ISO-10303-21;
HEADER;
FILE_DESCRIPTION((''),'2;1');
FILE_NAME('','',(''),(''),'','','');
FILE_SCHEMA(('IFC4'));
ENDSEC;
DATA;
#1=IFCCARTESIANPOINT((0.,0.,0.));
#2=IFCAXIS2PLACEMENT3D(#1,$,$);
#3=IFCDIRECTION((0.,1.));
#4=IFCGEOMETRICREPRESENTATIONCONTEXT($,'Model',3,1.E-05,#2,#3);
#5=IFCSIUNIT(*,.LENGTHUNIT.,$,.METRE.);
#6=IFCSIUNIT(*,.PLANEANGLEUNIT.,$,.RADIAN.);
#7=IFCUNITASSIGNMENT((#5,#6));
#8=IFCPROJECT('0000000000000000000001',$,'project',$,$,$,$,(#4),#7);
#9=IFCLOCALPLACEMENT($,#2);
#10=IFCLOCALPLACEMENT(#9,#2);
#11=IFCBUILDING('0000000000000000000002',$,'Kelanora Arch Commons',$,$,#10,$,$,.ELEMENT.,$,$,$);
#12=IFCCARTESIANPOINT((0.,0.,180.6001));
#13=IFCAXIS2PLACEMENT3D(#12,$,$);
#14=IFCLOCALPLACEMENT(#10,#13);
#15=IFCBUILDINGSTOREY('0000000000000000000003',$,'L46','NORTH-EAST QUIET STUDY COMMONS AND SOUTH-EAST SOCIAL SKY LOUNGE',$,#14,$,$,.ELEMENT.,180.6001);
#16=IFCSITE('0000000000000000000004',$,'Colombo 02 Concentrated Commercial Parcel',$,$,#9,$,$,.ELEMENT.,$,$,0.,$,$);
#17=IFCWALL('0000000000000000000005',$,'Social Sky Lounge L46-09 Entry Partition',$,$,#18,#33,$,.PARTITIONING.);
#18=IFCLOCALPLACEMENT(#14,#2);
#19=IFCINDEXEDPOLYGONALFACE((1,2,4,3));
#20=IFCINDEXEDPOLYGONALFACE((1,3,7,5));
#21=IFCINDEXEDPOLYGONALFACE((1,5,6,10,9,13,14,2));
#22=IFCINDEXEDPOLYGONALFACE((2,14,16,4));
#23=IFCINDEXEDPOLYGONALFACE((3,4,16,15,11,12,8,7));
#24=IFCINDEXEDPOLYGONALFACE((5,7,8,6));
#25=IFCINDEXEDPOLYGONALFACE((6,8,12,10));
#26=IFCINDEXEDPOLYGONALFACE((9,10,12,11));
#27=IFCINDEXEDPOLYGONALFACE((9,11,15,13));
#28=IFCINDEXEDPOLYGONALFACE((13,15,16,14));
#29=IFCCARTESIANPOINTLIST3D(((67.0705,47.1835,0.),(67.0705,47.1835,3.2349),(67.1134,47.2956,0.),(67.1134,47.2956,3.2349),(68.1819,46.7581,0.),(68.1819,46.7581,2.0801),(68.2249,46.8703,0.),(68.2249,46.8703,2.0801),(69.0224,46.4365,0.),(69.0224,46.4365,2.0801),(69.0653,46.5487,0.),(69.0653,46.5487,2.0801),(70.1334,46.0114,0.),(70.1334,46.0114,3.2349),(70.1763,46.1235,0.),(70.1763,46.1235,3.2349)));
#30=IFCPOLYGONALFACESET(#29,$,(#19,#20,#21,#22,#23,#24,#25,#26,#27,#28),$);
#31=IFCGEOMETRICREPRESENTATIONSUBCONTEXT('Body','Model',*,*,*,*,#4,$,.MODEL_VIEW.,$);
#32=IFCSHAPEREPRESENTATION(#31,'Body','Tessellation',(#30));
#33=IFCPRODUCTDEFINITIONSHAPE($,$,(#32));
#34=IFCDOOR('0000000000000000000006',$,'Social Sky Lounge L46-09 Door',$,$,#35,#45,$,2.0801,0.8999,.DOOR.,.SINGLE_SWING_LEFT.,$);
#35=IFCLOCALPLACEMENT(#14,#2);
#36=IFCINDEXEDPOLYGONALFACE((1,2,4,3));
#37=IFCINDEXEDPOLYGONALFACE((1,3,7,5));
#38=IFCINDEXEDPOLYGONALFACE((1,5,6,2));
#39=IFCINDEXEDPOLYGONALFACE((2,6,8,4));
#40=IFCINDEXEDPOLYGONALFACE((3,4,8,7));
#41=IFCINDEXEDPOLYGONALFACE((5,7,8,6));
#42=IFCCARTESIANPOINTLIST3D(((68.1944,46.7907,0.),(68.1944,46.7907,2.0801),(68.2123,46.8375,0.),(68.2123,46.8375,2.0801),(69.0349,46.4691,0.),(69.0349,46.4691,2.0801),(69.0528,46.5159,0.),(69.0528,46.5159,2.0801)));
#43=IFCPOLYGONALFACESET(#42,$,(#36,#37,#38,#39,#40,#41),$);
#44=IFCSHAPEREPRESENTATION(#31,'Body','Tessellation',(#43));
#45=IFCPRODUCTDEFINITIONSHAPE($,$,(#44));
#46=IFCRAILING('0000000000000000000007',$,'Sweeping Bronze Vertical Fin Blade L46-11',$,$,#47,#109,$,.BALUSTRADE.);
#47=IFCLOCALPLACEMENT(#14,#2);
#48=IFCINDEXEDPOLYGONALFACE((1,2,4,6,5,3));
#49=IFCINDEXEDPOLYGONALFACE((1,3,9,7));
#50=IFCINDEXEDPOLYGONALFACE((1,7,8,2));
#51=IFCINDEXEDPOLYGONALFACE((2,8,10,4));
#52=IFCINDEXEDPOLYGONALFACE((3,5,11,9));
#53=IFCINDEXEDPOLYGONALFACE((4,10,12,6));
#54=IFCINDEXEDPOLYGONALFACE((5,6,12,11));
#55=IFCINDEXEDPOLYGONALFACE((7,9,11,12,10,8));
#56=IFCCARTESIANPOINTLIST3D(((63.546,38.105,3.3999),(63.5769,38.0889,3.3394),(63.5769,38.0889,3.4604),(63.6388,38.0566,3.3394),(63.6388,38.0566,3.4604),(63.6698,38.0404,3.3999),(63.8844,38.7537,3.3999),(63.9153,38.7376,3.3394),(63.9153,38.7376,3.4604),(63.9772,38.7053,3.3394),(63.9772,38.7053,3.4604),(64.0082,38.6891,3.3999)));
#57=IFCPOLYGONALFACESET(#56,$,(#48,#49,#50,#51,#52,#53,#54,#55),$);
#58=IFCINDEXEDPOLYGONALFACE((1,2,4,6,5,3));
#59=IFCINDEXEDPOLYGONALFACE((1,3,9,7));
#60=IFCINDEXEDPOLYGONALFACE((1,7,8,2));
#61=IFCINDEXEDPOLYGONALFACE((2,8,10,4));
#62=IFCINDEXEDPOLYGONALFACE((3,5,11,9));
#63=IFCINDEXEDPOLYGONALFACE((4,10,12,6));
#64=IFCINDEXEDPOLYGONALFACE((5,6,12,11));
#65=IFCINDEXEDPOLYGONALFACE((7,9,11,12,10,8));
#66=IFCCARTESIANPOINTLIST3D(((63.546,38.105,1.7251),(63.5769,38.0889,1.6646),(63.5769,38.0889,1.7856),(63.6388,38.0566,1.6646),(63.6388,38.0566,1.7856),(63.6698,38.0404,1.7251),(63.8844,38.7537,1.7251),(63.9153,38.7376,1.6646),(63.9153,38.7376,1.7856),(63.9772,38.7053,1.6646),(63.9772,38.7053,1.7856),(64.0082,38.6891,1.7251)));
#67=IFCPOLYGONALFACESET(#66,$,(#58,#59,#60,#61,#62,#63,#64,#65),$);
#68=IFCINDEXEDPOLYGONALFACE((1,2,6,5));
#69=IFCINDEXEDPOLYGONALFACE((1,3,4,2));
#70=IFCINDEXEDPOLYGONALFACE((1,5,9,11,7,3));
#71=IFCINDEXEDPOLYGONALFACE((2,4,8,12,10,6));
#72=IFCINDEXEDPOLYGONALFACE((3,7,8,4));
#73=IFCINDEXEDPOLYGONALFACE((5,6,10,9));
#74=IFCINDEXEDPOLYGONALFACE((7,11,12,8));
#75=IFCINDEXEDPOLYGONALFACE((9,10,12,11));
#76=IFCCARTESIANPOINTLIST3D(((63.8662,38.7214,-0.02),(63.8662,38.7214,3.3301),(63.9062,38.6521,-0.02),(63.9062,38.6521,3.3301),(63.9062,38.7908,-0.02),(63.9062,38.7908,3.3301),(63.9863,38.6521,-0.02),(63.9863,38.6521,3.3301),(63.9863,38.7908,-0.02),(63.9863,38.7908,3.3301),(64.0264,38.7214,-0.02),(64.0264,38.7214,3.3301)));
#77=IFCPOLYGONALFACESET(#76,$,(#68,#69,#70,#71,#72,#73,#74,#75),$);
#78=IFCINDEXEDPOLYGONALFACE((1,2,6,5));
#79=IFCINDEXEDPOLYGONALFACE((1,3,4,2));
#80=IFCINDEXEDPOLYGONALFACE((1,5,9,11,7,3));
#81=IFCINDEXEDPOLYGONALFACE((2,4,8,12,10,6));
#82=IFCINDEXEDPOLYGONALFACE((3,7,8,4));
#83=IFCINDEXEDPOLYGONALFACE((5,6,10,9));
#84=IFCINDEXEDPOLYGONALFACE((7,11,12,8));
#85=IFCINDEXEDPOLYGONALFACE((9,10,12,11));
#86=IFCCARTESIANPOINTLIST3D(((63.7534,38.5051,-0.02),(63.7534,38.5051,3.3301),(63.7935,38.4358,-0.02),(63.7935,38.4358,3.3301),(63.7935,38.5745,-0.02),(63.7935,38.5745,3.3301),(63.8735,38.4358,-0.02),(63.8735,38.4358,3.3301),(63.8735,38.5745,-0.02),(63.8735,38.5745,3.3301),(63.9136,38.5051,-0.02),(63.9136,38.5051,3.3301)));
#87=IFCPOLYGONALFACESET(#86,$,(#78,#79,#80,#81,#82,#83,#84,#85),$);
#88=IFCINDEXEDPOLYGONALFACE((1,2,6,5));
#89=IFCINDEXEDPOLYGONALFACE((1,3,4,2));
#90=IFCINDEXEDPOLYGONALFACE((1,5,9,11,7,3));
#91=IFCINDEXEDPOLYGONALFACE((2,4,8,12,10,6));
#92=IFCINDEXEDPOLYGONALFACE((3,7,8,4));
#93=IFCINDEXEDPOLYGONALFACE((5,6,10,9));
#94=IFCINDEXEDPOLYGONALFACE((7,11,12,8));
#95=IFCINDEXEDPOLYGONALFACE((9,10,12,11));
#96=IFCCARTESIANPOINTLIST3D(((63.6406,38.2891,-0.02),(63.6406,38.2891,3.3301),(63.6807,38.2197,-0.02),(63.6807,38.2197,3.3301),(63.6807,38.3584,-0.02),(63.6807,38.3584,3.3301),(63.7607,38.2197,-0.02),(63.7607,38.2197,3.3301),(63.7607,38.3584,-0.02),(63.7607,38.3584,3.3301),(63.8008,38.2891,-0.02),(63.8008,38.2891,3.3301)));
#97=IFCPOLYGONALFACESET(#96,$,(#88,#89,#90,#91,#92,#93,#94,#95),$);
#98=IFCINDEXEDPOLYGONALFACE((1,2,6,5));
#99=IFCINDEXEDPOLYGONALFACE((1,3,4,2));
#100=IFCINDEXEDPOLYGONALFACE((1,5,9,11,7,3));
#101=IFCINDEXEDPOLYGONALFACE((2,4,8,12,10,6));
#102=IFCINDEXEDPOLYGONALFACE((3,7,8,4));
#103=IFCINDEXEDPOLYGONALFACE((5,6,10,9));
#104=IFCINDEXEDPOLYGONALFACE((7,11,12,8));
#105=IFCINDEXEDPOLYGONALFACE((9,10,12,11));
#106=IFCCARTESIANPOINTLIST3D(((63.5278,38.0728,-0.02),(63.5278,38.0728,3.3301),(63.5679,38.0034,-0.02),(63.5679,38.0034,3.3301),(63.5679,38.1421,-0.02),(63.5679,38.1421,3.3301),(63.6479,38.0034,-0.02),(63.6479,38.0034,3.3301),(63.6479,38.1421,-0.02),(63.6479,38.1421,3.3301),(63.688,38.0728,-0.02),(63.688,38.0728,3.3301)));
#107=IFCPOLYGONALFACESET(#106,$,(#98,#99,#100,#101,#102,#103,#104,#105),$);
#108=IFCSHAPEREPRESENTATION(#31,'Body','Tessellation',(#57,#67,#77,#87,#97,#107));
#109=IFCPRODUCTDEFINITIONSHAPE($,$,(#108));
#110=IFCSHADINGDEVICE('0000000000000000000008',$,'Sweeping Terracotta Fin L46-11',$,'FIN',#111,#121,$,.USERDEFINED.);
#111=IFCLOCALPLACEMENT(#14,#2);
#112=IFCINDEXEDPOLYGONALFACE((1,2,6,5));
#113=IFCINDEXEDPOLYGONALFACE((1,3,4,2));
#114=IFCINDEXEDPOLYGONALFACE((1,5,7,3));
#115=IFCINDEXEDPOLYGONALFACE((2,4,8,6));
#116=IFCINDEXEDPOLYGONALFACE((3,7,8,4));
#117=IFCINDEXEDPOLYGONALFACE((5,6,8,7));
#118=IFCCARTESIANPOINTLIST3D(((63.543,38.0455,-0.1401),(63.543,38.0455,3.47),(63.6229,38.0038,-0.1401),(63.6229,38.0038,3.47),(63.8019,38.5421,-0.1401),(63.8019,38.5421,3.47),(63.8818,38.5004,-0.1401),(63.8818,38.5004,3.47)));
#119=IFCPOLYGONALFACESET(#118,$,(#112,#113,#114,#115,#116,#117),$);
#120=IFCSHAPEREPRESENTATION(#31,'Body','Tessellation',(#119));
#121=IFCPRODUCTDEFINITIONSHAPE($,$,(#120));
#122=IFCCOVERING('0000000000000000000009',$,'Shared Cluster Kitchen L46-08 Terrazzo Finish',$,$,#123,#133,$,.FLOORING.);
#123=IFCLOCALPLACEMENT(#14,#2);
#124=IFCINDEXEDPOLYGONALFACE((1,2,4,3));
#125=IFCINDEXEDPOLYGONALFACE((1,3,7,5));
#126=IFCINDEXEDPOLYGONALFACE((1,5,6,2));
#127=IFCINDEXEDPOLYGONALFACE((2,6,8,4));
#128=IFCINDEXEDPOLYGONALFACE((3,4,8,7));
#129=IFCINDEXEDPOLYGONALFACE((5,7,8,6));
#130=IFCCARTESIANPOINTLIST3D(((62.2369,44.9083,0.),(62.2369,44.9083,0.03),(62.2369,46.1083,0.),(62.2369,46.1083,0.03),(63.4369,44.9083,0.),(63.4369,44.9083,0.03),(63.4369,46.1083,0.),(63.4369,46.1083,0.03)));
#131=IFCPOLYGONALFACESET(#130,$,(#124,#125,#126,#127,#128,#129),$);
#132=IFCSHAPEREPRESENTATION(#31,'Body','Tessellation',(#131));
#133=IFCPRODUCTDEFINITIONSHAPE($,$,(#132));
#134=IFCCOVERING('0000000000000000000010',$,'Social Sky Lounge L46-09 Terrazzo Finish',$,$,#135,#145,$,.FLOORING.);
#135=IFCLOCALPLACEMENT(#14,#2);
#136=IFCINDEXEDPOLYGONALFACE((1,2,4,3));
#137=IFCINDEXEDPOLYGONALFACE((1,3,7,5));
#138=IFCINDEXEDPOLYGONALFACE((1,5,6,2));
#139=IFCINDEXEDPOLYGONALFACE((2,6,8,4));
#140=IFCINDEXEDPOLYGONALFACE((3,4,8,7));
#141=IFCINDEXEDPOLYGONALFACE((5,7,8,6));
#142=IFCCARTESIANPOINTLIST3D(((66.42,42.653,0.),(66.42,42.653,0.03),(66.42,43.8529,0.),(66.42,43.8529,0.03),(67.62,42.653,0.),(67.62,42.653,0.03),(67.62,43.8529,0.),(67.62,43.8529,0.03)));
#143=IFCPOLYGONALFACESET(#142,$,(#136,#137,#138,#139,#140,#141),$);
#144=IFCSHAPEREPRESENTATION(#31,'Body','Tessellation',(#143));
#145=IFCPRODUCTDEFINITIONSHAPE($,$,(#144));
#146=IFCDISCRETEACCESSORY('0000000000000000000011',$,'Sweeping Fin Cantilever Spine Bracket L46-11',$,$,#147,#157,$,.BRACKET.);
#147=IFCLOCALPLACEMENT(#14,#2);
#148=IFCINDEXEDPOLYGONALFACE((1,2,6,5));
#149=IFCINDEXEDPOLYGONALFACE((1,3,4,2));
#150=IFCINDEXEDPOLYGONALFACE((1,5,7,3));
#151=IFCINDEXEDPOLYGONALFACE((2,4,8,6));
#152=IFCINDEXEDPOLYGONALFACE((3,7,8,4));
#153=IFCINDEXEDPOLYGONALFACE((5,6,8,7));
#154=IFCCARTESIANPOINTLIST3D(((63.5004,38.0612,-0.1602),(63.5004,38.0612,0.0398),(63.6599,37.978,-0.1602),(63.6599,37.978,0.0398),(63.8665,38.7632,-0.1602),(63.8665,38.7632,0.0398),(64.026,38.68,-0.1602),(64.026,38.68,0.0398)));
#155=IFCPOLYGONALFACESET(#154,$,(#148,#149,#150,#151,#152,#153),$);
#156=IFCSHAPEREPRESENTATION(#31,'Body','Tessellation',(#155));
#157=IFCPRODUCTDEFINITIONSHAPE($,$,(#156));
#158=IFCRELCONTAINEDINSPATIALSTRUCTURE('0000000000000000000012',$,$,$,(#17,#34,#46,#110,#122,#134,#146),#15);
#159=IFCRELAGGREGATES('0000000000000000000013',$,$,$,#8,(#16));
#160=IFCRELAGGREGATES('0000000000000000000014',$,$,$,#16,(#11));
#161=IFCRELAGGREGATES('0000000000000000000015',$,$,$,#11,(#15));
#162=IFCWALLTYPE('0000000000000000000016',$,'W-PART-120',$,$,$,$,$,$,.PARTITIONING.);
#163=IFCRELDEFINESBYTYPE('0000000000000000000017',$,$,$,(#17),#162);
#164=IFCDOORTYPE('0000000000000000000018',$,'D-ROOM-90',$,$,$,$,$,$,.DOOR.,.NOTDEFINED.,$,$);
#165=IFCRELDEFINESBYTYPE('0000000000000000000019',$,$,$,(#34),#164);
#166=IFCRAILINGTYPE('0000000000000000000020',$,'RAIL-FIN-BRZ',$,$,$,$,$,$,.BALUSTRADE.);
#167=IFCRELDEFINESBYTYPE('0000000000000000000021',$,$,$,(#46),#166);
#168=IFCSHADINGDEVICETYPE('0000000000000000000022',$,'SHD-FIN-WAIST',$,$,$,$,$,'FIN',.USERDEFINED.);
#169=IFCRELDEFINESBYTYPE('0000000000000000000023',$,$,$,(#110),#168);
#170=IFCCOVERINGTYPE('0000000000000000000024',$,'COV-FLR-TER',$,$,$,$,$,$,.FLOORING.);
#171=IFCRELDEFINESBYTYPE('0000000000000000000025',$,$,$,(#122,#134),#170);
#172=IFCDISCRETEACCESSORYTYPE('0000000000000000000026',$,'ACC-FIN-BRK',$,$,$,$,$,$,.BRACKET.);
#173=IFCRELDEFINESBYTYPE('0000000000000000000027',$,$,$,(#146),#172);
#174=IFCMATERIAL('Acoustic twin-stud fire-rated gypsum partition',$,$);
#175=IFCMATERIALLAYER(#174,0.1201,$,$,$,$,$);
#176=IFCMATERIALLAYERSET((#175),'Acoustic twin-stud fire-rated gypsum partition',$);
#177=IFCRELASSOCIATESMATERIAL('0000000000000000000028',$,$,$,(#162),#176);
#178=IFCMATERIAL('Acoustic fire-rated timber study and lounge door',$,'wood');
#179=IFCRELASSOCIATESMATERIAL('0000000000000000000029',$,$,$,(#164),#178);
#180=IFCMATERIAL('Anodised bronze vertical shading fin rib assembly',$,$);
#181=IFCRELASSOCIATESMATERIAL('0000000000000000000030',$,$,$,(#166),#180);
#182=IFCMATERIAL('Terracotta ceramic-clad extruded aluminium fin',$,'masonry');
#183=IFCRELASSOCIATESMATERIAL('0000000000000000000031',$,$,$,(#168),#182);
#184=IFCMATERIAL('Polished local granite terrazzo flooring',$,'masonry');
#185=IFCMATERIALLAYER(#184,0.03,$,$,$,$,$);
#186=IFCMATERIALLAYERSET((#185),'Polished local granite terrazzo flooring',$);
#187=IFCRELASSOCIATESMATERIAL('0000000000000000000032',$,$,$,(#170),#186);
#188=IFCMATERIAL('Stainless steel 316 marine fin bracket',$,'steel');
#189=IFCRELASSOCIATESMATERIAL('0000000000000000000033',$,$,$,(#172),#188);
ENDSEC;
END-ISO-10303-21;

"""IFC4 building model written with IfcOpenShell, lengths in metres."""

from ifc_helpers import new_model, si_unit, direction, frame, frame_2d, origin, origin_2d, place, context, subcontext, project, spatial, polyline, rectangle, outline, extrude, source, transform, mapped, material, layer, layer_set, type_object, element, fill, save


model = new_model("IFC4")

# Units and contexts
model_context = context("Model", 3, precision=1e-05, world=origin(), true_north=direction((0.0, 1.0)))
body_context = subcontext(model_context, "Body", "Model", "MODEL_VIEW")
ifc_project = project(units=[si_unit("LENGTHUNIT", "METRE"), si_unit("PLANEANGLEUNIT", "RADIAN")], contexts=[model_context])

# Site, building, storey
site_placement = place(None, origin())
site = spatial("IfcSite", under=ifc_project, at=site_placement, Name="Colombo 02 Concentrated Commercial Parcel", CompositionType="ELEMENT", RefElevation=0.0)
building_placement = place(site_placement, origin())
building = spatial("IfcBuilding", under=site, at=building_placement, Name="Kelanora Arch Commons", CompositionType="ELEMENT")
storey_placement = place(building_placement, frame((0.0, 0.0, 180.6001)))
storey = spatial("IfcBuildingStorey", under=building, at=storey_placement, Name="L46", Description="NORTH-EAST QUIET STUDY COMMONS AND SOUTH-EAST SOCIAL SKY LOUNGE", CompositionType="ELEMENT", Elevation=180.6001)

# Wall, opening, door
ifc_material_1 = material(Name="Acoustic twin-stud fire-rated gypsum partition")
ifc_layer_1 = layer(ifc_material_1, 0.1201)
ifc_layer_set_1 = layer_set([ifc_layer_1], Name="Acoustic twin-stud fire-rated gypsum partition")
wall_type_1 = type_object("IfcWallType", Name="W-PART-120", PredefinedType="PARTITIONING", material=ifc_layer_set_1)
ifc_material_2 = material(Name="Acoustic fire-rated timber study and lounge door", Category="wood")
door_type = type_object("IfcDoorType", Name="D-ROOM-90", OperationType="NOTDEFINED", PredefinedType="DOOR", material=ifc_material_2)
wall_1_placement = place(storey_placement, frame((67.092, 47.2395, 0.0), z_axis=(0.0, 0.0, 1.0), x_axis=(0.933952, -0.357397, 0.0)))
wall_1 = element("IfcWall", 1, at=wall_1_placement, inside=storey, type_object=wall_type_1, Name="Social Sky Lounge L46-09 Entry Partition", PredefinedType="PARTITIONING", context=body_context, shape_type="SweptSolid", body=[
    extrude(rectangle(XDim=3.2795, YDim=0.1201, at=frame_2d((1.6396, 0.0))), origin(), (0.0, 0.0, 1.0), 3.2349),
])
opening_1_placement = place(wall_1_placement, frame((1.1899, 0.0, 0.0)))
opening_1 = element("IfcOpeningElement", 2, at=opening_1_placement, cuts=wall_1, PredefinedType="OPENING", context=body_context, shape_type="SweptSolid", body=[
    extrude(rectangle(XDim=0.8999, YDim=2.0801, at=frame_2d((0.45, 1.04))), frame((0.0, 0.0701, 0.0), z_axis=(0.0, -1.0, 0.0), x_axis=(1.0, 0.0, 0.0)), (0.0, 0.0, 1.0), 0.1401),
])
door_1_placement = place(opening_1_placement, origin())
door_1 = element("IfcDoor", 3, at=door_1_placement, inside=storey, type_object=door_type, Name="Social Sky Lounge L46-09 Door", OperationType="SINGLE_SWING_LEFT", OverallHeight=2.0801, OverallWidth=0.8999, PredefinedType="DOOR", context=body_context, shape_type="SweptSolid", body=[
    extrude(rectangle(XDim=0.8999, YDim=2.0801, at=frame_2d((0.45, 1.04))), frame((0.0, 0.0249, 0.0), z_axis=(0.0, -1.0, 0.0), x_axis=(1.0, 0.0, 0.0)), (0.0, 0.0, 1.0), 0.05),
])
fill(opening_1, door_1)

# Railing
ifc_material_3 = material(Name="Anodised bronze vertical shading fin rib assembly")
railing_type = type_object("IfcRailingType", Name="RAIL-FIN-BRZ", PredefinedType="BALUSTRADE", material=ifc_material_3)
railing_placement = place(storey_placement, frame((63.9463, 38.7214, -0.02)))
element("IfcRailing", 4, at=railing_placement, inside=storey, type_object=railing_type, Name="Sweeping Bronze Vertical Fin Blade L46-11", PredefinedType="BALUSTRADE", context=body_context, shape_type="SweptSolid", body=[
    extrude(outline(polyline([(0.0698, 0.0), (0.0349, 0.0605), (-0.0349, 0.0605), (-0.0698, 0.0), (-0.0349, -0.0605), (0.0349, -0.0605), (0.0698, 0.0)])), frame((0.0, 0.0, 3.4199), z_axis=(-0.462498, -0.886621, 0.0), x_axis=(0.886621, -0.462498, 0.0)), (0.0, 0.0, 1.0), 0.7317),
    extrude(outline(polyline([(0.0698, 0.0), (0.0349, 0.0605), (-0.0349, 0.0605), (-0.0698, 0.0), (-0.0349, -0.0605), (0.0349, -0.0605), (0.0698, 0.0)])), frame((0.0, 0.0, 1.7451), z_axis=(-0.462498, -0.886621, 0.0), x_axis=(0.886621, -0.462498, 0.0)), (0.0, 0.0, 1.0), 0.7317),
    extrude(outline(polyline([(0.0801, 0.0), (0.04, 0.0693), (-0.04, 0.0693), (-0.0801, 0.0), (-0.04, -0.0693), (0.04, -0.0693), (0.0801, 0.0)])), origin(), (0.0, 0.0, 1.0), 3.3501),
    extrude(outline(polyline([(0.0801, 0.0), (0.04, 0.0693), (-0.04, 0.0693), (-0.0801, 0.0), (-0.04, -0.0693), (0.04, -0.0693), (0.0801, 0.0)])), frame((-0.1128, -0.2163, 0.0)), (0.0, 0.0, 1.0), 3.3501),
    extrude(outline(polyline([(0.0801, 0.0), (0.04, 0.0693), (-0.04, 0.0693), (-0.0801, 0.0), (-0.04, -0.0693), (0.04, -0.0693), (0.0801, 0.0)])), frame((-0.2256, -0.4324, 0.0)), (0.0, 0.0, 1.0), 3.3501),
    extrude(outline(polyline([(0.0801, 0.0), (0.04, 0.0693), (-0.04, 0.0693), (-0.0801, 0.0), (-0.04, -0.0693), (0.04, -0.0693), (0.0801, 0.0)])), frame((-0.3384, -0.6487, 0.0)), (0.0, 0.0, 1.0), 3.3501),
])

# Shading device
ifc_material_4 = material(Name="Terracotta ceramic-clad extruded aluminium fin", Category="masonry")
shading_device_type = type_object("IfcShadingDeviceType", Name="SHD-FIN-WAIST", ElementType="FIN", PredefinedType="USERDEFINED", material=ifc_material_4)
shared_shape_1 = source(origin(), body_context, "Body", "SweptSolid", [
    extrude(rectangle(XDim=0.5601, YDim=0.0901, at=origin_2d()), origin(), (0.0, 0.0, 1.0), 3.6101),
])
shading_device_placement = place(storey_placement, frame((63.7124, 38.2729, -0.1401), z_axis=(0.0, 0.0, 1.0), x_axis=(-0.462368, -0.886688, 0.0)))
element("IfcShadingDevice", 5, at=shading_device_placement, inside=storey, type_object=shading_device_type, Name="Sweeping Terracotta Fin L46-11", ObjectType="FIN", PredefinedType="USERDEFINED", context=body_context, shape_type="MappedRepresentation", body=[
    mapped(shared_shape_1, transform((0.0, 0.0, 0.0), scale=1.0)),
])

# Coverings
ifc_material_5 = material(Name="Polished local granite terrazzo flooring", Category="masonry")
ifc_layer_2 = layer(ifc_material_5, 0.03)
ifc_layer_set_2 = layer_set([ifc_layer_2], Name="Polished local granite terrazzo flooring")
covering_type = type_object("IfcCoveringType", Name="COV-FLR-TER", PredefinedType="FLOORING", material=ifc_layer_set_2)
shared_shape_2 = source(origin(), body_context, "Body", "SweptSolid", [
    extrude(rectangle(XDim=1.2, YDim=1.2, at=origin_2d()), origin(), (0.0, 0.0, 1.0), 0.03),
])
for number, where, z_axis, x_axis, name in (
    (6, (62.8369, 45.5083, 0.0), (0.0, 0.0, 1.0), (1.0, 0.0, 0.0), "Shared Cluster Kitchen L46-08 Terrazzo Finish"),
    (7, (67.02, 43.2529, 0.0), (0.0, 0.0, 1.0), (1.0, 0.0, 0.0), "Social Sky Lounge L46-09 Terrazzo Finish"),
):
    element("IfcCovering", number, at=place(storey_placement, frame(where, z_axis=z_axis, x_axis=x_axis)), inside=storey, type_object=covering_type, Name=name, PredefinedType="FLOORING", context=body_context, shape_type="MappedRepresentation", body=[
        mapped(shared_shape_2, transform((0.0, 0.0, 0.0), scale=1.0)),
    ])

# Discrete accessory
ifc_material_6 = material(Name="Stainless steel 316 marine fin bracket", Category="steel")
discrete_accessory_type = type_object("IfcDiscreteAccessoryType", Name="ACC-FIN-BRK", PredefinedType="BRACKET", material=ifc_material_6)
shared_shape_3 = source(origin(), body_context, "Body", "SweptSolid", [
    extrude(rectangle(XDim=0.7917, YDim=0.1799, at=origin_2d()), origin(), (0.0, 0.0, 1.0), 0.2),
])
discrete_accessory_placement = place(storey_placement, frame((63.7632, 38.3706, -0.1602), z_axis=(0.0, 0.0, 1.0), x_axis=(-0.462368, -0.886688, 0.0)))
element("IfcDiscreteAccessory", 8, at=discrete_accessory_placement, inside=storey, type_object=discrete_accessory_type, Name="Sweeping Fin Cantilever Spine Bracket L46-11", PredefinedType="BRACKET", context=body_context, shape_type="MappedRepresentation", body=[
    mapped(shared_shape_3, transform((0.0, 0.0, 0.0), scale=1.0)),
])

save(model, "model.ifc")
